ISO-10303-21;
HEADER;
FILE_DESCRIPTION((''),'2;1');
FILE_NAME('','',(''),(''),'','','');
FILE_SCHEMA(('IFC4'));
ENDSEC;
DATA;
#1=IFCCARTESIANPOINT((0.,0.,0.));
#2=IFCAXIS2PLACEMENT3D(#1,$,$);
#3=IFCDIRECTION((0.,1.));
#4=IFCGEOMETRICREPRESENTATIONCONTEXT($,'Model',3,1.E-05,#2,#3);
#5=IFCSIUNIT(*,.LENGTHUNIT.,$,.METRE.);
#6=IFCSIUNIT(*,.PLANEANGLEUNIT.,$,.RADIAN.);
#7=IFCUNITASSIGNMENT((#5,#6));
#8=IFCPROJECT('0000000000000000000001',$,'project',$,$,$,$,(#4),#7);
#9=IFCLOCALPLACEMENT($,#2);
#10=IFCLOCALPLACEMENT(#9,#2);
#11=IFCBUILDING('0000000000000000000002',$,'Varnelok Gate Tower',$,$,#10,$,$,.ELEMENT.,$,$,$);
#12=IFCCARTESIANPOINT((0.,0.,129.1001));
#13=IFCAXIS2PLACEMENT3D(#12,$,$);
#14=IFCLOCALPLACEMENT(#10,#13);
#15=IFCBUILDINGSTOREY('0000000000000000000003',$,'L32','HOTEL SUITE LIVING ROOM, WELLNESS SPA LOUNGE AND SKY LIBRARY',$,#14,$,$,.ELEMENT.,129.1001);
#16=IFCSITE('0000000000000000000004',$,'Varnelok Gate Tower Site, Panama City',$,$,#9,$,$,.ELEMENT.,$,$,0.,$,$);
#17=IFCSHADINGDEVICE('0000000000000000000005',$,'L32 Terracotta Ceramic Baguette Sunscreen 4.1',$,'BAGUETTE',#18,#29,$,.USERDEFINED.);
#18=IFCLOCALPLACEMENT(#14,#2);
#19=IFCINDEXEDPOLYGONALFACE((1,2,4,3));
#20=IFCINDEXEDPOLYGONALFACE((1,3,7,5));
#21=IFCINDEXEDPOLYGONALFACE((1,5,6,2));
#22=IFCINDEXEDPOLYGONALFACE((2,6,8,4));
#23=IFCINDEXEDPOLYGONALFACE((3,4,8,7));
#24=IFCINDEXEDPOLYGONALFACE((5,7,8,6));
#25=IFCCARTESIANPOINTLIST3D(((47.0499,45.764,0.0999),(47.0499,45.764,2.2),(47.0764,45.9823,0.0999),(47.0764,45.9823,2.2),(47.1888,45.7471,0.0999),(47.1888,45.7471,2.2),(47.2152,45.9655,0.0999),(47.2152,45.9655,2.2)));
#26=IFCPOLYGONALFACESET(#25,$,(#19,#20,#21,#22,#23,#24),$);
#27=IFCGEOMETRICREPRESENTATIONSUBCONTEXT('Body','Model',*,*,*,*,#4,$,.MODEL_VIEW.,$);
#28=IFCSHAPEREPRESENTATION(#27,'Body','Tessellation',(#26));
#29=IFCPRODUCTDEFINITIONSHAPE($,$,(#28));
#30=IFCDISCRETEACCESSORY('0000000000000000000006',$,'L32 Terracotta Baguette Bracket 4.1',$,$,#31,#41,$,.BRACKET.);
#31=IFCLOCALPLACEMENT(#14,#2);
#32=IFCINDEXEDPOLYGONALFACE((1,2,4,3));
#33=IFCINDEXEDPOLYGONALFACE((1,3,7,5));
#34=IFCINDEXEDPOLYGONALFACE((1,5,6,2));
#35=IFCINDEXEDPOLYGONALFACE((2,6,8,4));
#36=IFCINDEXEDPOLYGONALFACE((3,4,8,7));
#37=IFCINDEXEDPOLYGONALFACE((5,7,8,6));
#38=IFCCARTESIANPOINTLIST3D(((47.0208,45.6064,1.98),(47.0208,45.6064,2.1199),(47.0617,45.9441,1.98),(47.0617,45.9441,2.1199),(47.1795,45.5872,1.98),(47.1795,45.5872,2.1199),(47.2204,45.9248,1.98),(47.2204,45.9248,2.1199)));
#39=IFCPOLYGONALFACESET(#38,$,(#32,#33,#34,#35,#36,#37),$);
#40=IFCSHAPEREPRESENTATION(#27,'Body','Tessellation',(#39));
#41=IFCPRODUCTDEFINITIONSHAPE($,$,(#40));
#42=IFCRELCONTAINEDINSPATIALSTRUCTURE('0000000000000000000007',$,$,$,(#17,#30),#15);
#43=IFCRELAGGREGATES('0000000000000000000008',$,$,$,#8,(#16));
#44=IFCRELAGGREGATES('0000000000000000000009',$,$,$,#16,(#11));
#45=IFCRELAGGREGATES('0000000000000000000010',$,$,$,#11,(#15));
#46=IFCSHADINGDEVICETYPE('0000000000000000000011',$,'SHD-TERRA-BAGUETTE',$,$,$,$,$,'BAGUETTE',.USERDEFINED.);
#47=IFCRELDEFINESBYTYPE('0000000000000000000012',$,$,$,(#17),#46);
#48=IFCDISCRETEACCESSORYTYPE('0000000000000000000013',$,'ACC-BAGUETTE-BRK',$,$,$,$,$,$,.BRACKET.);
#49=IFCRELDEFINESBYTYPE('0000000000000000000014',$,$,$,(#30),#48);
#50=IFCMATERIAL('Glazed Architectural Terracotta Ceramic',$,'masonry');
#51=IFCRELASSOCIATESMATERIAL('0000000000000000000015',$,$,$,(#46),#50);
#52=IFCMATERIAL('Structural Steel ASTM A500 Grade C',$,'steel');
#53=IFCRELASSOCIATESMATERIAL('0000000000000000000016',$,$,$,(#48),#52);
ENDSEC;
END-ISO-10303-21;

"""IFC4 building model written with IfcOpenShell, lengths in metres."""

from ifc_helpers import new_model, si_unit, direction, frame, origin, origin_2d, place, context, subcontext, project, spatial, rectangle, extrude, source, transform, mapped, material, type_object, element, save


model = new_model("IFC4")

# Units and contexts
model_context = context("Model", 3, precision=1e-05, world=origin(), true_north=direction((0.0, 1.0)))
body_context = subcontext(model_context, "Body", "Model", "MODEL_VIEW")
ifc_project = project(units=[si_unit("LENGTHUNIT", "METRE"), si_unit("PLANEANGLEUNIT", "RADIAN")], contexts=[model_context])

# Site, building, storey
site_placement = place(None, origin())
site = spatial("IfcSite", under=ifc_project, at=site_placement, Name="Varnelok Gate Tower Site, Panama City", CompositionType="ELEMENT", RefElevation=0.0)
building_placement = place(site_placement, origin())
building = spatial("IfcBuilding", under=site, at=building_placement, Name="Varnelok Gate Tower", CompositionType="ELEMENT")
storey_placement = place(building_placement, frame((0.0, 0.0, 129.1001)))
storey = spatial("IfcBuildingStorey", under=building, at=storey_placement, Name="L32", Description="HOTEL SUITE LIVING ROOM, WELLNESS SPA LOUNGE AND SKY LIBRARY", CompositionType="ELEMENT", Elevation=129.1001)

# Shading device
ifc_material_1 = material(Name="Glazed Architectural Terracotta Ceramic", Category="masonry")
shading_device_type = type_object("IfcShadingDeviceType", Name="SHD-TERRA-BAGUETTE", ElementType="BAGUETTE", PredefinedType="USERDEFINED", material=ifc_material_1)
shared_shape_1 = source(origin(), body_context, "Body", "SweptSolid", [
    extrude(rectangle(XDim=0.1399, YDim=0.22, at=origin_2d()), origin(), (0.0, 0.0, 1.0), 2.1001),
])
shading_device_placement = place(storey_placement, frame((47.1326, 45.8647, 0.0999), z_axis=(0.0, 0.0, 1.0), x_axis=(0.992732, -0.120345, 0.0)))
element("IfcShadingDevice", 1, at=shading_device_placement, inside=storey, type_object=shading_device_type, Name="L32 Terracotta Ceramic Baguette Sunscreen 4.1", ObjectType="BAGUETTE", PredefinedType="USERDEFINED", context=body_context, shape_type="MappedRepresentation", body=[
    mapped(shared_shape_1, transform((0.0, 0.0, 0.0), scale=1.0)),
])

# Discrete accessory
ifc_material_2 = material(Name="Structural Steel ASTM A500 Grade C", Category="steel")
discrete_accessory_type = type_object("IfcDiscreteAccessoryType", Name="ACC-BAGUETTE-BRK", PredefinedType="BRACKET", material=ifc_material_2)
shared_shape_2 = source(origin(), body_context, "Body", "SweptSolid", [
    extrude(rectangle(XDim=0.1599, YDim=0.3401, at=origin_2d()), origin(), (0.0, 0.0, 1.0), 0.1399),
])
discrete_accessory_placement = place(storey_placement, frame((47.1206, 45.7656, 1.98), z_axis=(0.0, 0.0, 1.0), x_axis=(0.992732, -0.120345, 0.0)))
element("IfcDiscreteAccessory", 2, at=discrete_accessory_placement, inside=storey, type_object=discrete_accessory_type, Name="L32 Terracotta Baguette Bracket 4.1", PredefinedType="BRACKET", context=body_context, shape_type="MappedRepresentation", body=[
    mapped(shared_shape_2, transform((0.0, 0.0, 0.0), scale=1.0)),
])

save(model, "model.ifc")
